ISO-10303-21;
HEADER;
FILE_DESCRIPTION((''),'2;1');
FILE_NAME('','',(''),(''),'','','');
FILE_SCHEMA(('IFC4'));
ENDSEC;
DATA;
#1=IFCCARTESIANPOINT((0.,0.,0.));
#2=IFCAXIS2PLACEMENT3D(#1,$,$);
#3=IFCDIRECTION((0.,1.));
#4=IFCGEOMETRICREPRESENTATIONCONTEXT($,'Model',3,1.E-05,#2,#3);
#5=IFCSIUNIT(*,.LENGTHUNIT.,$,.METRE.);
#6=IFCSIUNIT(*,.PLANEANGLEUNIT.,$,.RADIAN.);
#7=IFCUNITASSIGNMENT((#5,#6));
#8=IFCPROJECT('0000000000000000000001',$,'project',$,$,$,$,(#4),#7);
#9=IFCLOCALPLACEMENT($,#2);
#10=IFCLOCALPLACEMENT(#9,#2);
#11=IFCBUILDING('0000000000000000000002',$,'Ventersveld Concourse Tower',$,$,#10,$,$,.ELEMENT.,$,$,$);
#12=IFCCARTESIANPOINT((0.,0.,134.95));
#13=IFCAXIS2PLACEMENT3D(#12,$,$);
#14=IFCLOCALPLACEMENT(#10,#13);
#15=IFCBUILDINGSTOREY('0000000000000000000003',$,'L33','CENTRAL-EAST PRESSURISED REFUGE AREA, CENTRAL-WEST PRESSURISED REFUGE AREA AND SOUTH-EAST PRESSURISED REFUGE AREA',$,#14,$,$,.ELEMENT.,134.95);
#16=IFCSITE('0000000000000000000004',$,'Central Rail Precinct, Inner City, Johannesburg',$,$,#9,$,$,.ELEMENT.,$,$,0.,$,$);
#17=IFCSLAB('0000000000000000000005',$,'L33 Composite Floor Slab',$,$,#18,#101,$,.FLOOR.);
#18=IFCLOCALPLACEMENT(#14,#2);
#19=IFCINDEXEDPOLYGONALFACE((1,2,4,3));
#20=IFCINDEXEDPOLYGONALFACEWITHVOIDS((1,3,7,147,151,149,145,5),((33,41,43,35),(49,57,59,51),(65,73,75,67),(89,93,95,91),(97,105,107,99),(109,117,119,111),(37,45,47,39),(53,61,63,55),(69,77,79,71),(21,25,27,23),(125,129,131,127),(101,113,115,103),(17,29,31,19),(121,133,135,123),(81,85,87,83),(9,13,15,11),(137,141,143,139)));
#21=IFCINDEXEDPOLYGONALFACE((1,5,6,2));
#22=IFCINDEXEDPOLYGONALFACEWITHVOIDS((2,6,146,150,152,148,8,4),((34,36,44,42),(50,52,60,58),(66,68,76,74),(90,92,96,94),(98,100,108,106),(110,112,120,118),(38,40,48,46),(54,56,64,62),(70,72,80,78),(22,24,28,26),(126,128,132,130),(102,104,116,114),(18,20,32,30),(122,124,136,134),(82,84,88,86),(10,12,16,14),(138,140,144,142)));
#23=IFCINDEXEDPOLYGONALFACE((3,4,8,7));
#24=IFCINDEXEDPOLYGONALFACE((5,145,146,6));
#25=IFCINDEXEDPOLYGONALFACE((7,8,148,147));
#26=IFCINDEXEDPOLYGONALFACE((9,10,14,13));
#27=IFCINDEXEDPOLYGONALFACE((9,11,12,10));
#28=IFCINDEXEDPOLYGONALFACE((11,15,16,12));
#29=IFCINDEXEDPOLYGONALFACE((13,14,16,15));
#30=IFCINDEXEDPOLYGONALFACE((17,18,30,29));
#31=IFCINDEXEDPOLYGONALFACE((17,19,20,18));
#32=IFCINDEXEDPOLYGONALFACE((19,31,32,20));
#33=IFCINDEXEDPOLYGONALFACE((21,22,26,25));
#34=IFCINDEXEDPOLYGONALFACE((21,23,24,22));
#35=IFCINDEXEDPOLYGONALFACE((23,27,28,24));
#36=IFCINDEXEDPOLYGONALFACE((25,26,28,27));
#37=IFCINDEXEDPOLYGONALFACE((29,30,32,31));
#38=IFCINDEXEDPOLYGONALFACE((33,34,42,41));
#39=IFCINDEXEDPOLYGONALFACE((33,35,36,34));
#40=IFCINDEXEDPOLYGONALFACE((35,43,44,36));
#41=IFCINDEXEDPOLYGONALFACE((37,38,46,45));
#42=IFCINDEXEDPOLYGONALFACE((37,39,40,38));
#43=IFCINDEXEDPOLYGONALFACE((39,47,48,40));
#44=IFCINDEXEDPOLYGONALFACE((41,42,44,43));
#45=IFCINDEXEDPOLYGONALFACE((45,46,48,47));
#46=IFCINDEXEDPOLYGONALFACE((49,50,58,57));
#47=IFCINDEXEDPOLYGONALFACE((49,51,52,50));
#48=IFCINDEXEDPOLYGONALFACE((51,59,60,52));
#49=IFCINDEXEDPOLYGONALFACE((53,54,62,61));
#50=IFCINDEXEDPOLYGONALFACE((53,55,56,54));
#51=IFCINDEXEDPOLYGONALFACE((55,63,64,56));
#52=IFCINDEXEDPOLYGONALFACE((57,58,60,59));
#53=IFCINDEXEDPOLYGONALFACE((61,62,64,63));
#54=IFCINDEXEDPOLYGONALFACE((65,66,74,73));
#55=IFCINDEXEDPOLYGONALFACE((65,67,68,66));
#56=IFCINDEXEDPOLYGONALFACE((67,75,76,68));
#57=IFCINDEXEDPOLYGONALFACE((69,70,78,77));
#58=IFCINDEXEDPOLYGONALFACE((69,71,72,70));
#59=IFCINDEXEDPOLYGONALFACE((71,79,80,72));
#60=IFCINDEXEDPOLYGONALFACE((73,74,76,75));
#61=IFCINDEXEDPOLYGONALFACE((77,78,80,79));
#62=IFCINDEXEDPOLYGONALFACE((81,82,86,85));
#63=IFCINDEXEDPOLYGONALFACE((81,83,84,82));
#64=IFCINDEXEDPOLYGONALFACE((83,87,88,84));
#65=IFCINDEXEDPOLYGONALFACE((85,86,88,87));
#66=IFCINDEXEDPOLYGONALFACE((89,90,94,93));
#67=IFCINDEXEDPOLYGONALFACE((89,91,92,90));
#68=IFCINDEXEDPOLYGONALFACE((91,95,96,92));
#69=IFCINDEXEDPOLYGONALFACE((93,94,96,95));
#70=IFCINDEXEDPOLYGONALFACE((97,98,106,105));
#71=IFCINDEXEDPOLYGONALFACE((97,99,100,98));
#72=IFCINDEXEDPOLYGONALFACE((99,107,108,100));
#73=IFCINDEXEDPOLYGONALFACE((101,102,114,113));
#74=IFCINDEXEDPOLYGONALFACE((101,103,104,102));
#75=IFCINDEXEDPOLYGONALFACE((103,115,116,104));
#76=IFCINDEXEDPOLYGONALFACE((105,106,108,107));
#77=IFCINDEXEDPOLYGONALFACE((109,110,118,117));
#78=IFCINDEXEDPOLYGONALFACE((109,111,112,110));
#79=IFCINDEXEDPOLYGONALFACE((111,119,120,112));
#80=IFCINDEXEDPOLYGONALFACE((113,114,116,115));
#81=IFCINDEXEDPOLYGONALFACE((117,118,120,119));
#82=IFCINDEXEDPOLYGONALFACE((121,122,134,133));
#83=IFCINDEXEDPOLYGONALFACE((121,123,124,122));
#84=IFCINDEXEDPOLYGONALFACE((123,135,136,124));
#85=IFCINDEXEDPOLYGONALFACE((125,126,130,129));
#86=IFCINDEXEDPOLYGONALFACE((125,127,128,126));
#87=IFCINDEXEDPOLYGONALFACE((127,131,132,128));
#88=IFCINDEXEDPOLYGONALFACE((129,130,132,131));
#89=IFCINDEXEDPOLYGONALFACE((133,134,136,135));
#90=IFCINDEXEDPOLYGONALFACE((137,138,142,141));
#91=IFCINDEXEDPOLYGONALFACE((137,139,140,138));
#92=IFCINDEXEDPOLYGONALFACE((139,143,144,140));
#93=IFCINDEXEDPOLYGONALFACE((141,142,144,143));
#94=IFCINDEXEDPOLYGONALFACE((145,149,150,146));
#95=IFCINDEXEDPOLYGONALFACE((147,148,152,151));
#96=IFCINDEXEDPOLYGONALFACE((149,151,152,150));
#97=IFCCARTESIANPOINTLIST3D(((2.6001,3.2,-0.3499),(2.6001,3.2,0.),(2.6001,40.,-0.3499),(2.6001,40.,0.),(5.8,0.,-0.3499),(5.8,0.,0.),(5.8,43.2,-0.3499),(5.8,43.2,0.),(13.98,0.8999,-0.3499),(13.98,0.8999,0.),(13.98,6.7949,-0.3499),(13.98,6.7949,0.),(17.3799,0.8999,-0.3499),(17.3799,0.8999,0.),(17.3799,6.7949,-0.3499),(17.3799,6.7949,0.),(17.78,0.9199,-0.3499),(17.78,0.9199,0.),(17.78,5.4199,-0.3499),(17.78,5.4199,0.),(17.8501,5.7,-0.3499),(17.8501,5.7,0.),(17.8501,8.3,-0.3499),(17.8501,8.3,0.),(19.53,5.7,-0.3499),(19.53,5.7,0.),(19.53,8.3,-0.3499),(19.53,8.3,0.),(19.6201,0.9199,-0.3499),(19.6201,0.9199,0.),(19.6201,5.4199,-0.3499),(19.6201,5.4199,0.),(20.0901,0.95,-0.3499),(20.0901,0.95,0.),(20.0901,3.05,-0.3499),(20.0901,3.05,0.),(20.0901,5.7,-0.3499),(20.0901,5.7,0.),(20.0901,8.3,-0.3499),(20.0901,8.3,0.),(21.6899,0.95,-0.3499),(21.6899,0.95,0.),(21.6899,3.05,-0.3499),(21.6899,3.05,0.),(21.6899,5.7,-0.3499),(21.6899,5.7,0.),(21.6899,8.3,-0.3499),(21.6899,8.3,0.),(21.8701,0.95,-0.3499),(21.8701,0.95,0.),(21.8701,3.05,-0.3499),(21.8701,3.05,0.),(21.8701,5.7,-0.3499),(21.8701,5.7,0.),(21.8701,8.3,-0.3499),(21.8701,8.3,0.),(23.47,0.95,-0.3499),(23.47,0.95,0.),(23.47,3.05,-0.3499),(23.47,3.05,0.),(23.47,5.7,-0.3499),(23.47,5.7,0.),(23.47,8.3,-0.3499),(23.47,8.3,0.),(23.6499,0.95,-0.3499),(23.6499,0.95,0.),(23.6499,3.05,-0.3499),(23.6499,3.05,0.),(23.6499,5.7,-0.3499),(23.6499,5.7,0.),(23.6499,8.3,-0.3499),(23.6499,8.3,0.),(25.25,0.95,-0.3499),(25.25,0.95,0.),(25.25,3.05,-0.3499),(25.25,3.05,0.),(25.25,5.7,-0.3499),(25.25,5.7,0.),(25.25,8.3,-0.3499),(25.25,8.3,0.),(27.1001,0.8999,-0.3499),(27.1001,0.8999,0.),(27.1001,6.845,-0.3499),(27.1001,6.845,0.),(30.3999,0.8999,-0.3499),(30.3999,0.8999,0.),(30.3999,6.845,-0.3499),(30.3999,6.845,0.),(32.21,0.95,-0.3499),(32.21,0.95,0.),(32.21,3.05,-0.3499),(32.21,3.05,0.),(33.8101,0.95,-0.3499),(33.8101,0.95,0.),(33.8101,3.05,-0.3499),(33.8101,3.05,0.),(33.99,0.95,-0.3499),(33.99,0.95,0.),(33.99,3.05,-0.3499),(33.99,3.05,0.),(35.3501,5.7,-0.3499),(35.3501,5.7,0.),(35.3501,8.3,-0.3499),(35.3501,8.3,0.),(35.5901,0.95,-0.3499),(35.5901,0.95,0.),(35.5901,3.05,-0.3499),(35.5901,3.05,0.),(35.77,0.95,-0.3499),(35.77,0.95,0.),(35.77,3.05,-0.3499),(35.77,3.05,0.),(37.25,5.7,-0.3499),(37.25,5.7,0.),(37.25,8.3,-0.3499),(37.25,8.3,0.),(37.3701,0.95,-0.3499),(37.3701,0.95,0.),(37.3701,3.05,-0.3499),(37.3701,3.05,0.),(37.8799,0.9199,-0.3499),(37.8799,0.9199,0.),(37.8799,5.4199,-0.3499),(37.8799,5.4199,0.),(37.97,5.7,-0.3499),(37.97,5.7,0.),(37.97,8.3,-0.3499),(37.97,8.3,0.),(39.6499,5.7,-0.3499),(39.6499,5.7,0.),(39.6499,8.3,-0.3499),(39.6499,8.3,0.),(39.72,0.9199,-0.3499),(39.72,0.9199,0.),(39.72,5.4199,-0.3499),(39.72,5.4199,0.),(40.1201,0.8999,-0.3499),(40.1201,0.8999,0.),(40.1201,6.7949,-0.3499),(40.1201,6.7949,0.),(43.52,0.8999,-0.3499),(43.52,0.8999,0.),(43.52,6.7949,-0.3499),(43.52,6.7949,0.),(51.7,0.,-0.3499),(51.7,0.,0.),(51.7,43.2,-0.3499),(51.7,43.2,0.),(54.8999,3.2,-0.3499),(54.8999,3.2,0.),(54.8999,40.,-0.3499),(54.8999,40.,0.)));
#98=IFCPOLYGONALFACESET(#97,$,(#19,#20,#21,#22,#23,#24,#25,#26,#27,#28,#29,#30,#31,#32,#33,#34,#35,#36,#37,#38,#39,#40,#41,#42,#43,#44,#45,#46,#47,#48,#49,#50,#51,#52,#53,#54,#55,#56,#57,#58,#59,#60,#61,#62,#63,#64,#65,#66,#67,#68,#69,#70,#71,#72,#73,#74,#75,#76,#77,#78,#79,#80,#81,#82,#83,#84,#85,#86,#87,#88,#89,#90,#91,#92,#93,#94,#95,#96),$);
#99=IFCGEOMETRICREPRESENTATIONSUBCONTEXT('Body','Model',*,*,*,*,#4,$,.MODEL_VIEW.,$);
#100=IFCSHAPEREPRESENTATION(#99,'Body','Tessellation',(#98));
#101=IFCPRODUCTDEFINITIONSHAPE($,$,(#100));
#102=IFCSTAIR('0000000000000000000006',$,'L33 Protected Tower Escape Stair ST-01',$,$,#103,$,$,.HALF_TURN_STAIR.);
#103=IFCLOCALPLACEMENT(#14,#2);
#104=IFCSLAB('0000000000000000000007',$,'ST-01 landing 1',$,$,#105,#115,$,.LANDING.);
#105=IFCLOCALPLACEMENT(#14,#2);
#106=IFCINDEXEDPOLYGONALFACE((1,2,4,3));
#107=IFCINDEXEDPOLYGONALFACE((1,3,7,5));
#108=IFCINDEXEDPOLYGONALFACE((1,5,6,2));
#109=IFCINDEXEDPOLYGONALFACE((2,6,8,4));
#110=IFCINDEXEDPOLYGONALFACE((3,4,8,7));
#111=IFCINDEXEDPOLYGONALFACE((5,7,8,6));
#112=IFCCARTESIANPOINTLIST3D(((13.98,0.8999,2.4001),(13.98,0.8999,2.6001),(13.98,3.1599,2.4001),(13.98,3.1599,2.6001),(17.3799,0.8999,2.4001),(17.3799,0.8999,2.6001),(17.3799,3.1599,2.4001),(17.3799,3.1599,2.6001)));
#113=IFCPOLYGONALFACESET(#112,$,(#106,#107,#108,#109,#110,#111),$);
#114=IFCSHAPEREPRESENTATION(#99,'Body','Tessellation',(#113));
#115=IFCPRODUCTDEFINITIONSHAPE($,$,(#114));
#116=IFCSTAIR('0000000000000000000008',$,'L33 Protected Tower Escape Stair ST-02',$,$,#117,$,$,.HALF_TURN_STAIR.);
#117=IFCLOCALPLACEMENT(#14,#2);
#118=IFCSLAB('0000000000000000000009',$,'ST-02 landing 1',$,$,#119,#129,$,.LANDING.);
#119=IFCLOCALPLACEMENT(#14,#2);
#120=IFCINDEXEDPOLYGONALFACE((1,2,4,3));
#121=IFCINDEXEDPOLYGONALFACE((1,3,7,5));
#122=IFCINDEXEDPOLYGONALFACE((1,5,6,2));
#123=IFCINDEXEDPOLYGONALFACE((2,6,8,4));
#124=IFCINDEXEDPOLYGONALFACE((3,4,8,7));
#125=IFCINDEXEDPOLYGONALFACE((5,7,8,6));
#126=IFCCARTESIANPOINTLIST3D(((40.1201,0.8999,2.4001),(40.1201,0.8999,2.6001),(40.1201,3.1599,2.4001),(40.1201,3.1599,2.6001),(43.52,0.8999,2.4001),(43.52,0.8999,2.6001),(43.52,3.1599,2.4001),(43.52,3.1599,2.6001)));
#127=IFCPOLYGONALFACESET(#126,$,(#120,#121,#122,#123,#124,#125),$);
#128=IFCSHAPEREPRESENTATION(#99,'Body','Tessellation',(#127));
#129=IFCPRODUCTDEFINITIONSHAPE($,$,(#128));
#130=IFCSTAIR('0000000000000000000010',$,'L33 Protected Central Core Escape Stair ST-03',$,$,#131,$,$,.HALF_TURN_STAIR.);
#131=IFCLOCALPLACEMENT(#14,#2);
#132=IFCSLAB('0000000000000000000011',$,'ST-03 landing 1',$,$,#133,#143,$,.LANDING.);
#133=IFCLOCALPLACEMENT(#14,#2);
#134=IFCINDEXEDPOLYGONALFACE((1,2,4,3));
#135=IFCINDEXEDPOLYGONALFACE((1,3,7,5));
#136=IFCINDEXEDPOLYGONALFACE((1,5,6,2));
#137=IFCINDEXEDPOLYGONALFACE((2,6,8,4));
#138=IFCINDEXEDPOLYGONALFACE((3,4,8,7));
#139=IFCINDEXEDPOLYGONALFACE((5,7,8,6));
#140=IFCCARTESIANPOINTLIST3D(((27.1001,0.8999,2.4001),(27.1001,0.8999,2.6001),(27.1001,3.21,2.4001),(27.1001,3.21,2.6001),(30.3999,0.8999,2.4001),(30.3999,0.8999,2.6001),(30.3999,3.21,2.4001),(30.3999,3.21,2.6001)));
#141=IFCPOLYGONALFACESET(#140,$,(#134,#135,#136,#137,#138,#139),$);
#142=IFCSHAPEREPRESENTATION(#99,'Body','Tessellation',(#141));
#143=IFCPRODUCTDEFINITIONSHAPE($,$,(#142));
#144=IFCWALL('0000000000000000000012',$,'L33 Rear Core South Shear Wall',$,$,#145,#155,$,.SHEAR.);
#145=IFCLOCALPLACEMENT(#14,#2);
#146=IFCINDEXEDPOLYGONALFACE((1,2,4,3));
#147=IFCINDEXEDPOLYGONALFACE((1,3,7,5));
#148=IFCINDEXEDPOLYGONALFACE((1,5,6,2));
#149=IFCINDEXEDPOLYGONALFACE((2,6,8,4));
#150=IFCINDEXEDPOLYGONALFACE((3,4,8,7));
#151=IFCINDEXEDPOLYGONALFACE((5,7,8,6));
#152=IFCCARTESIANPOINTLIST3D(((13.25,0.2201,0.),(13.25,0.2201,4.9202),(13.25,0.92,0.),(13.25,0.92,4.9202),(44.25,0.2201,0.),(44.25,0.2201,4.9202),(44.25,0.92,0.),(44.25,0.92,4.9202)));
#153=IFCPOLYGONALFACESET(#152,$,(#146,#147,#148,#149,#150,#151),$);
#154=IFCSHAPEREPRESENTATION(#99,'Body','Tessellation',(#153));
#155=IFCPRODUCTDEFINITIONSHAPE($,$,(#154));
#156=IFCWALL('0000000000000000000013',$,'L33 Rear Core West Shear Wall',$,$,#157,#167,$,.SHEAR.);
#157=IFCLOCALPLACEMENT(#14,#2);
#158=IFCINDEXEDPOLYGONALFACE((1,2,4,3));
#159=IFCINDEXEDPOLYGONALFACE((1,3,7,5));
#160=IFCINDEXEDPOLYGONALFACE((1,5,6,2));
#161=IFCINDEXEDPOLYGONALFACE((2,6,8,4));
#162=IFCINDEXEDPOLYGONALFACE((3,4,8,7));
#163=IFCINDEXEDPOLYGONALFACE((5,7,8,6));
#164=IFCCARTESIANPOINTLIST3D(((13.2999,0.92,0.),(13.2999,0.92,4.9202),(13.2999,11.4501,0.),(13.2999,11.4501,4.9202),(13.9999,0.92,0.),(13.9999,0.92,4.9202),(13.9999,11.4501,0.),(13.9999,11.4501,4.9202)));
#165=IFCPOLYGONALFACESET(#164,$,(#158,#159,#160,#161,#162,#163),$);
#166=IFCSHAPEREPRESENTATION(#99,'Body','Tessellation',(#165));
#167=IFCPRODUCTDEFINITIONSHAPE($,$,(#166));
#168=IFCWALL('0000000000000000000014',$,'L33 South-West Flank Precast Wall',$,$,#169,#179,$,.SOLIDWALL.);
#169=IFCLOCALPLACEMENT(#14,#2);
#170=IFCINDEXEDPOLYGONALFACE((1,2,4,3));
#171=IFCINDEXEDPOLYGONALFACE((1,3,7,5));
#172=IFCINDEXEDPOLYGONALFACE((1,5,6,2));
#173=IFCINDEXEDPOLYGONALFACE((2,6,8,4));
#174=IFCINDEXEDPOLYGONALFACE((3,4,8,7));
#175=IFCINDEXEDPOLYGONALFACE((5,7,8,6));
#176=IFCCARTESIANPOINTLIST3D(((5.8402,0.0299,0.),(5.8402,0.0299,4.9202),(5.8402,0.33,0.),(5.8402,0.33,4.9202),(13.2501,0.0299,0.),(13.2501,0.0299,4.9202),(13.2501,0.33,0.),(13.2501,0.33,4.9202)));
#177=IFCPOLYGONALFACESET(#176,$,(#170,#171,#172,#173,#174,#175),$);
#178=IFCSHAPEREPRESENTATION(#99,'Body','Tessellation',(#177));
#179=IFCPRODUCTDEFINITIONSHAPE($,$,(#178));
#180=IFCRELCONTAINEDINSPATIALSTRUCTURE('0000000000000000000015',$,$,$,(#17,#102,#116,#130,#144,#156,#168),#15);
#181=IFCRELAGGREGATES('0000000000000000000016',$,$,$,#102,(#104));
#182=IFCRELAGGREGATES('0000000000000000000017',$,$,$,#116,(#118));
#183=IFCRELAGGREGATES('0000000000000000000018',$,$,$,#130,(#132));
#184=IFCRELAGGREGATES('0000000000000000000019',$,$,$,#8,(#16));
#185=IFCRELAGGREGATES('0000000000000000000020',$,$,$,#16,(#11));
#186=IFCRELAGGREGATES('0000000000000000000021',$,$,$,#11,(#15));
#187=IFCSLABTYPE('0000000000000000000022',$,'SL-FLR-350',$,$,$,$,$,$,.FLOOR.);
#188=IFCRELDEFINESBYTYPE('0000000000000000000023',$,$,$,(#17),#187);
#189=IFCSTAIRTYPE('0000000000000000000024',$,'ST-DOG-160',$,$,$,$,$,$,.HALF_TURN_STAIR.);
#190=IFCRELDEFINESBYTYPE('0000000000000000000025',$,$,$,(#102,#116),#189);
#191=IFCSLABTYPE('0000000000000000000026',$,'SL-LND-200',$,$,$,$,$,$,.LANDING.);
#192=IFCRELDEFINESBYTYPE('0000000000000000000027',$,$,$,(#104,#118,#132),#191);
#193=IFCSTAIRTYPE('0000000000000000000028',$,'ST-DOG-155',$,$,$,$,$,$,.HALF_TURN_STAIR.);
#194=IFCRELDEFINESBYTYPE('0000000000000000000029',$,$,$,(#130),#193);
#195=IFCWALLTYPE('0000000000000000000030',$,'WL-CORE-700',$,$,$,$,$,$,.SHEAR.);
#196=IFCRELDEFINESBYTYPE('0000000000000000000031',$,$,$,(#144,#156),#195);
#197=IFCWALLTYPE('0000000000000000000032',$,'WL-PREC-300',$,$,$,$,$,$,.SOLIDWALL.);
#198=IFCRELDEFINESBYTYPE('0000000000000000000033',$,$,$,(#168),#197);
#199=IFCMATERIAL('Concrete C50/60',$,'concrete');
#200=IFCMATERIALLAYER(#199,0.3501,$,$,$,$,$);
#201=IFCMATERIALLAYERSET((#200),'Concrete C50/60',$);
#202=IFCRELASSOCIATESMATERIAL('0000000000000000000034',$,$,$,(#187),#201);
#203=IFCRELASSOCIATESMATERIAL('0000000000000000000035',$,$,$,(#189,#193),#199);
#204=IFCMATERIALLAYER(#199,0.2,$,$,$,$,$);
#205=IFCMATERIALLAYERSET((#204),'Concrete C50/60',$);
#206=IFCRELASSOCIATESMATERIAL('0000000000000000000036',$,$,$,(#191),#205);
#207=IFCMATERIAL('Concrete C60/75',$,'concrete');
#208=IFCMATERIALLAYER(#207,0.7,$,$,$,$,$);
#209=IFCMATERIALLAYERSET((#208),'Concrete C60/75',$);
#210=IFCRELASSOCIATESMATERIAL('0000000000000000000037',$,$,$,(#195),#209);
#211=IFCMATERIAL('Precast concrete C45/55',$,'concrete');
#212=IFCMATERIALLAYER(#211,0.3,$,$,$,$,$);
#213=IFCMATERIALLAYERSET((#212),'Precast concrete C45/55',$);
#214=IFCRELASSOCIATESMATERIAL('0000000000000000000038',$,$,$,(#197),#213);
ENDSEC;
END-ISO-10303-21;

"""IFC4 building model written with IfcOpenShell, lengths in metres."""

from ifc_helpers import new_model, si_unit, direction, frame, frame_2d, origin, place, context, subcontext, project, spatial, polyline, rectangle, outline, extrude, material, layer, layer_set, type_object, element, aggregate, save


model = new_model("IFC4")

# Units and contexts
model_context = context("Model", 3, precision=1e-05, world=origin(), true_north=direction((0.0, 1.0)))
body_context = subcontext(model_context, "Body", "Model", "MODEL_VIEW")
ifc_project = project(units=[si_unit("LENGTHUNIT", "METRE"), si_unit("PLANEANGLEUNIT", "RADIAN")], contexts=[model_context])

# Site, building, storey
site_placement = place(None, origin())
site = spatial("IfcSite", under=ifc_project, at=site_placement, Name="Central Rail Precinct, Inner City, Johannesburg", CompositionType="ELEMENT", RefElevation=0.0)
building_placement = place(site_placement, origin())
building = spatial("IfcBuilding", under=site, at=building_placement, Name="Ventersveld Concourse Tower", CompositionType="ELEMENT")
storey_placement = place(building_placement, frame((0.0, 0.0, 134.95)))
storey = spatial("IfcBuildingStorey", under=building, at=storey_placement, Name="L33", Description="CENTRAL-EAST PRESSURISED REFUGE AREA, CENTRAL-WEST PRESSURISED REFUGE AREA AND SOUTH-EAST PRESSURISED REFUGE AREA", CompositionType="ELEMENT", Elevation=134.95)

# Shared definitions
ifc_material_1 = material(Name="Concrete C50/60", Category="concrete")

# Slab
ifc_layer_1 = layer(ifc_material_1, 0.3501)
ifc_layer_set_1 = layer_set([ifc_layer_1], Name="Concrete C50/60")
slab_type_1 = type_object("IfcSlabType", Name="SL-FLR-350", PredefinedType="FLOOR", material=ifc_layer_set_1)
slab_1_placement = place(storey_placement, frame((0.0, 0.0, -0.3499)))
element("IfcSlab", 1, at=slab_1_placement, inside=storey, type_object=slab_type_1, Name="L33 Composite Floor Slab", PredefinedType="FLOOR", context=body_context, shape_type="SweptSolid", body=[
    extrude(outline(polyline([(5.8, 0.0), (51.7, 0.0), (54.8999, 3.2), (54.8999, 40.0), (51.7, 43.2), (5.8, 43.2), (2.6001, 40.0), (2.6001, 3.2), (5.8, 0.0)]), holes=[polyline([(13.98, 6.7949), (13.98, 0.8999), (17.3799, 0.8999), (17.3799, 6.7949), (13.98, 6.7949)]), polyline([(40.1201, 6.7949), (40.1201, 0.8999), (43.52, 0.8999), (43.52, 6.7949), (40.1201, 6.7949)]), polyline([(27.1001, 6.845), (27.1001, 0.8999), (30.3999, 0.8999), (30.3999, 6.845), (27.1001, 6.845)]), polyline([(17.8501, 5.7), (19.53, 5.7), (19.53, 8.3), (17.8501, 8.3), (17.8501, 5.7)]), polyline([(37.97, 5.7), (39.6499, 5.7), (39.6499, 8.3), (37.97, 8.3), (37.97, 5.7)]), polyline([(35.3501, 5.7), (37.25, 5.7), (37.25, 8.3), (35.3501, 8.3), (35.3501, 5.7)]), polyline([(20.0901, 0.95), (21.6899, 0.95), (21.6899, 3.05), (20.0901, 3.05), (20.0901, 0.95)]), polyline([(21.8701, 0.95), (23.47, 0.95), (23.47, 3.05), (21.8701, 3.05), (21.8701, 0.95)]), polyline([(23.6499, 0.95), (25.25, 0.95), (25.25, 3.05), (23.6499, 3.05), (23.6499, 0.95)]), polyline([(32.21, 0.95), (33.8101, 0.95), (33.8101, 3.05), (32.21, 3.05), (32.21, 0.95)]), polyline([(33.99, 0.95), (35.5901, 0.95), (35.5901, 3.05), (33.99, 3.05), (33.99, 0.95)]), polyline([(35.77, 0.95), (37.3701, 0.95), (37.3701, 3.05), (35.77, 3.05), (35.77, 0.95)]), polyline([(20.0901, 5.7), (21.6899, 5.7), (21.6899, 8.3), (20.0901, 8.3), (20.0901, 5.7)]), polyline([(21.8701, 5.7), (23.47, 5.7), (23.47, 8.3), (21.8701, 8.3), (21.8701, 5.7)]), polyline([(23.6499, 5.7), (25.25, 5.7), (25.25, 8.3), (23.6499, 8.3), (23.6499, 5.7)]), polyline([(17.78, 0.9199), (19.6201, 0.9199), (19.6201, 5.4199), (17.78, 5.4199), (17.78, 0.9199)]), polyline([(37.8799, 0.9199), (39.72, 0.9199), (39.72, 5.4199), (37.8799, 5.4199), (37.8799, 0.9199)])]), origin(), (0.0, 0.0, 1.0), 0.3499),
])

# Stairs, slabs
stair_type_1 = type_object("IfcStairType", Name="ST-DOG-160", PredefinedType="HALF_TURN_STAIR", material=ifc_material_1)
stair_1_placement = place(storey_placement, origin())
stair_1 = element("IfcStair", 2, at=stair_1_placement, inside=storey, type_object=stair_type_1, Name="L33 Protected Tower Escape Stair ST-01", PredefinedType="HALF_TURN_STAIR")
ifc_layer_2 = layer(ifc_material_1, 0.2)
ifc_layer_set_2 = layer_set([ifc_layer_2], Name="Concrete C50/60")
slab_type_2 = type_object("IfcSlabType", Name="SL-LND-200", PredefinedType="LANDING", material=ifc_layer_set_2)
slab_2_placement = place(storey_placement, frame((0.0, 0.0, 2.4001)))
slab_2 = element("IfcSlab", 3, at=slab_2_placement, type_object=slab_type_2, Name="ST-01 landing 1", PredefinedType="LANDING", context=body_context, shape_type="SweptSolid", body=[
    extrude(outline(polyline([(13.98, 3.1599), (13.98, 0.8999), (17.3799, 0.8999), (17.3799, 3.1599), (13.98, 3.1599)])), origin(), (0.0, 0.0, 1.0), 0.2),
])
aggregate(stair_1, [slab_2])
stair_2_placement = place(storey_placement, origin())
stair_2 = element("IfcStair", 4, at=stair_2_placement, inside=storey, type_object=stair_type_1, Name="L33 Protected Tower Escape Stair ST-02", PredefinedType="HALF_TURN_STAIR")
slab_3_placement = place(storey_placement, frame((0.0, 0.0, 2.4001)))
slab_3 = element("IfcSlab", 5, at=slab_3_placement, type_object=slab_type_2, Name="ST-02 landing 1", PredefinedType="LANDING", context=body_context, shape_type="SweptSolid", body=[
    extrude(outline(polyline([(40.1201, 3.1599), (40.1201, 0.8999), (43.52, 0.8999), (43.52, 3.1599), (40.1201, 3.1599)])), origin(), (0.0, 0.0, 1.0), 0.2),
])
aggregate(stair_2, [slab_3])
stair_type_2 = type_object("IfcStairType", Name="ST-DOG-155", PredefinedType="HALF_TURN_STAIR", material=ifc_material_1)
stair_3_placement = place(storey_placement, origin())
stair_3 = element("IfcStair", 6, at=stair_3_placement, inside=storey, type_object=stair_type_2, Name="L33 Protected Central Core Escape Stair ST-03", PredefinedType="HALF_TURN_STAIR")
slab_4_placement = place(storey_placement, frame((0.0, 0.0, 2.4001)))
slab_4 = element("IfcSlab", 7, at=slab_4_placement, type_object=slab_type_2, Name="ST-03 landing 1", PredefinedType="LANDING", context=body_context, shape_type="SweptSolid", body=[
    extrude(outline(polyline([(27.1001, 3.21), (27.1001, 0.8999), (30.3999, 0.8999), (30.3999, 3.21), (27.1001, 3.21)])), origin(), (0.0, 0.0, 1.0), 0.2),
])
aggregate(stair_3, [slab_4])

# Walls
ifc_material_2 = material(Name="Concrete C60/75", Category="concrete")
ifc_layer_3 = layer(ifc_material_2, 0.7)
ifc_layer_set_3 = layer_set([ifc_layer_3], Name="Concrete C60/75")
wall_type_1 = type_object("IfcWallType", Name="WL-CORE-700", PredefinedType="SHEAR", material=ifc_layer_set_3)
wall_1_placement = place(storey_placement, frame((13.25, 0.5701, 0.0), z_axis=(0.0, 0.0, 1.0), x_axis=(1.0, 0.0, 0.0)))
element("IfcWall", 8, at=wall_1_placement, inside=storey, type_object=wall_type_1, Name="L33 Rear Core South Shear Wall", PredefinedType="SHEAR", context=body_context, shape_type="SweptSolid", body=[
    extrude(rectangle(XDim=31.0, YDim=0.7, at=frame_2d((15.5, 0.0))), origin(), (0.0, 0.0, 1.0), 4.9202),
])
wall_2_placement = place(storey_placement, frame((13.6499, 0.9199, 0.0), z_axis=(0.0, 0.0, 1.0), x_axis=(0.0, 1.0, 0.0)))
element("IfcWall", 9, at=wall_2_placement, inside=storey, type_object=wall_type_1, Name="L33 Rear Core West Shear Wall", PredefinedType="SHEAR", context=body_context, shape_type="SweptSolid", body=[
    extrude(rectangle(XDim=10.53, YDim=0.7, at=frame_2d((5.2651, 0.0))), origin(), (0.0, 0.0, 1.0), 4.9202),
])
ifc_material_3 = material(Name="Precast concrete C45/55", Category="concrete")
ifc_layer_4 = layer(ifc_material_3, 0.3)
ifc_layer_set_4 = layer_set([ifc_layer_4], Name="Precast concrete C45/55")
wall_type_2 = type_object("IfcWallType", Name="WL-PREC-300", PredefinedType="SOLIDWALL", material=ifc_layer_set_4)
wall_3_placement = place(storey_placement, frame((5.8401, 0.1799, 0.0), z_axis=(0.0, 0.0, 1.0), x_axis=(1.0, 0.0, 0.0)))
element("IfcWall", 10, at=wall_3_placement, inside=storey, type_object=wall_type_2, Name="L33 South-West Flank Precast Wall", PredefinedType="SOLIDWALL", context=body_context, shape_type="SweptSolid", body=[
    extrude(rectangle(XDim=7.4099, YDim=0.3, at=frame_2d((3.7051, 0.0))), origin(), (0.0, 0.0, 1.0), 4.9202),
])

save(model, "model.ifc")
